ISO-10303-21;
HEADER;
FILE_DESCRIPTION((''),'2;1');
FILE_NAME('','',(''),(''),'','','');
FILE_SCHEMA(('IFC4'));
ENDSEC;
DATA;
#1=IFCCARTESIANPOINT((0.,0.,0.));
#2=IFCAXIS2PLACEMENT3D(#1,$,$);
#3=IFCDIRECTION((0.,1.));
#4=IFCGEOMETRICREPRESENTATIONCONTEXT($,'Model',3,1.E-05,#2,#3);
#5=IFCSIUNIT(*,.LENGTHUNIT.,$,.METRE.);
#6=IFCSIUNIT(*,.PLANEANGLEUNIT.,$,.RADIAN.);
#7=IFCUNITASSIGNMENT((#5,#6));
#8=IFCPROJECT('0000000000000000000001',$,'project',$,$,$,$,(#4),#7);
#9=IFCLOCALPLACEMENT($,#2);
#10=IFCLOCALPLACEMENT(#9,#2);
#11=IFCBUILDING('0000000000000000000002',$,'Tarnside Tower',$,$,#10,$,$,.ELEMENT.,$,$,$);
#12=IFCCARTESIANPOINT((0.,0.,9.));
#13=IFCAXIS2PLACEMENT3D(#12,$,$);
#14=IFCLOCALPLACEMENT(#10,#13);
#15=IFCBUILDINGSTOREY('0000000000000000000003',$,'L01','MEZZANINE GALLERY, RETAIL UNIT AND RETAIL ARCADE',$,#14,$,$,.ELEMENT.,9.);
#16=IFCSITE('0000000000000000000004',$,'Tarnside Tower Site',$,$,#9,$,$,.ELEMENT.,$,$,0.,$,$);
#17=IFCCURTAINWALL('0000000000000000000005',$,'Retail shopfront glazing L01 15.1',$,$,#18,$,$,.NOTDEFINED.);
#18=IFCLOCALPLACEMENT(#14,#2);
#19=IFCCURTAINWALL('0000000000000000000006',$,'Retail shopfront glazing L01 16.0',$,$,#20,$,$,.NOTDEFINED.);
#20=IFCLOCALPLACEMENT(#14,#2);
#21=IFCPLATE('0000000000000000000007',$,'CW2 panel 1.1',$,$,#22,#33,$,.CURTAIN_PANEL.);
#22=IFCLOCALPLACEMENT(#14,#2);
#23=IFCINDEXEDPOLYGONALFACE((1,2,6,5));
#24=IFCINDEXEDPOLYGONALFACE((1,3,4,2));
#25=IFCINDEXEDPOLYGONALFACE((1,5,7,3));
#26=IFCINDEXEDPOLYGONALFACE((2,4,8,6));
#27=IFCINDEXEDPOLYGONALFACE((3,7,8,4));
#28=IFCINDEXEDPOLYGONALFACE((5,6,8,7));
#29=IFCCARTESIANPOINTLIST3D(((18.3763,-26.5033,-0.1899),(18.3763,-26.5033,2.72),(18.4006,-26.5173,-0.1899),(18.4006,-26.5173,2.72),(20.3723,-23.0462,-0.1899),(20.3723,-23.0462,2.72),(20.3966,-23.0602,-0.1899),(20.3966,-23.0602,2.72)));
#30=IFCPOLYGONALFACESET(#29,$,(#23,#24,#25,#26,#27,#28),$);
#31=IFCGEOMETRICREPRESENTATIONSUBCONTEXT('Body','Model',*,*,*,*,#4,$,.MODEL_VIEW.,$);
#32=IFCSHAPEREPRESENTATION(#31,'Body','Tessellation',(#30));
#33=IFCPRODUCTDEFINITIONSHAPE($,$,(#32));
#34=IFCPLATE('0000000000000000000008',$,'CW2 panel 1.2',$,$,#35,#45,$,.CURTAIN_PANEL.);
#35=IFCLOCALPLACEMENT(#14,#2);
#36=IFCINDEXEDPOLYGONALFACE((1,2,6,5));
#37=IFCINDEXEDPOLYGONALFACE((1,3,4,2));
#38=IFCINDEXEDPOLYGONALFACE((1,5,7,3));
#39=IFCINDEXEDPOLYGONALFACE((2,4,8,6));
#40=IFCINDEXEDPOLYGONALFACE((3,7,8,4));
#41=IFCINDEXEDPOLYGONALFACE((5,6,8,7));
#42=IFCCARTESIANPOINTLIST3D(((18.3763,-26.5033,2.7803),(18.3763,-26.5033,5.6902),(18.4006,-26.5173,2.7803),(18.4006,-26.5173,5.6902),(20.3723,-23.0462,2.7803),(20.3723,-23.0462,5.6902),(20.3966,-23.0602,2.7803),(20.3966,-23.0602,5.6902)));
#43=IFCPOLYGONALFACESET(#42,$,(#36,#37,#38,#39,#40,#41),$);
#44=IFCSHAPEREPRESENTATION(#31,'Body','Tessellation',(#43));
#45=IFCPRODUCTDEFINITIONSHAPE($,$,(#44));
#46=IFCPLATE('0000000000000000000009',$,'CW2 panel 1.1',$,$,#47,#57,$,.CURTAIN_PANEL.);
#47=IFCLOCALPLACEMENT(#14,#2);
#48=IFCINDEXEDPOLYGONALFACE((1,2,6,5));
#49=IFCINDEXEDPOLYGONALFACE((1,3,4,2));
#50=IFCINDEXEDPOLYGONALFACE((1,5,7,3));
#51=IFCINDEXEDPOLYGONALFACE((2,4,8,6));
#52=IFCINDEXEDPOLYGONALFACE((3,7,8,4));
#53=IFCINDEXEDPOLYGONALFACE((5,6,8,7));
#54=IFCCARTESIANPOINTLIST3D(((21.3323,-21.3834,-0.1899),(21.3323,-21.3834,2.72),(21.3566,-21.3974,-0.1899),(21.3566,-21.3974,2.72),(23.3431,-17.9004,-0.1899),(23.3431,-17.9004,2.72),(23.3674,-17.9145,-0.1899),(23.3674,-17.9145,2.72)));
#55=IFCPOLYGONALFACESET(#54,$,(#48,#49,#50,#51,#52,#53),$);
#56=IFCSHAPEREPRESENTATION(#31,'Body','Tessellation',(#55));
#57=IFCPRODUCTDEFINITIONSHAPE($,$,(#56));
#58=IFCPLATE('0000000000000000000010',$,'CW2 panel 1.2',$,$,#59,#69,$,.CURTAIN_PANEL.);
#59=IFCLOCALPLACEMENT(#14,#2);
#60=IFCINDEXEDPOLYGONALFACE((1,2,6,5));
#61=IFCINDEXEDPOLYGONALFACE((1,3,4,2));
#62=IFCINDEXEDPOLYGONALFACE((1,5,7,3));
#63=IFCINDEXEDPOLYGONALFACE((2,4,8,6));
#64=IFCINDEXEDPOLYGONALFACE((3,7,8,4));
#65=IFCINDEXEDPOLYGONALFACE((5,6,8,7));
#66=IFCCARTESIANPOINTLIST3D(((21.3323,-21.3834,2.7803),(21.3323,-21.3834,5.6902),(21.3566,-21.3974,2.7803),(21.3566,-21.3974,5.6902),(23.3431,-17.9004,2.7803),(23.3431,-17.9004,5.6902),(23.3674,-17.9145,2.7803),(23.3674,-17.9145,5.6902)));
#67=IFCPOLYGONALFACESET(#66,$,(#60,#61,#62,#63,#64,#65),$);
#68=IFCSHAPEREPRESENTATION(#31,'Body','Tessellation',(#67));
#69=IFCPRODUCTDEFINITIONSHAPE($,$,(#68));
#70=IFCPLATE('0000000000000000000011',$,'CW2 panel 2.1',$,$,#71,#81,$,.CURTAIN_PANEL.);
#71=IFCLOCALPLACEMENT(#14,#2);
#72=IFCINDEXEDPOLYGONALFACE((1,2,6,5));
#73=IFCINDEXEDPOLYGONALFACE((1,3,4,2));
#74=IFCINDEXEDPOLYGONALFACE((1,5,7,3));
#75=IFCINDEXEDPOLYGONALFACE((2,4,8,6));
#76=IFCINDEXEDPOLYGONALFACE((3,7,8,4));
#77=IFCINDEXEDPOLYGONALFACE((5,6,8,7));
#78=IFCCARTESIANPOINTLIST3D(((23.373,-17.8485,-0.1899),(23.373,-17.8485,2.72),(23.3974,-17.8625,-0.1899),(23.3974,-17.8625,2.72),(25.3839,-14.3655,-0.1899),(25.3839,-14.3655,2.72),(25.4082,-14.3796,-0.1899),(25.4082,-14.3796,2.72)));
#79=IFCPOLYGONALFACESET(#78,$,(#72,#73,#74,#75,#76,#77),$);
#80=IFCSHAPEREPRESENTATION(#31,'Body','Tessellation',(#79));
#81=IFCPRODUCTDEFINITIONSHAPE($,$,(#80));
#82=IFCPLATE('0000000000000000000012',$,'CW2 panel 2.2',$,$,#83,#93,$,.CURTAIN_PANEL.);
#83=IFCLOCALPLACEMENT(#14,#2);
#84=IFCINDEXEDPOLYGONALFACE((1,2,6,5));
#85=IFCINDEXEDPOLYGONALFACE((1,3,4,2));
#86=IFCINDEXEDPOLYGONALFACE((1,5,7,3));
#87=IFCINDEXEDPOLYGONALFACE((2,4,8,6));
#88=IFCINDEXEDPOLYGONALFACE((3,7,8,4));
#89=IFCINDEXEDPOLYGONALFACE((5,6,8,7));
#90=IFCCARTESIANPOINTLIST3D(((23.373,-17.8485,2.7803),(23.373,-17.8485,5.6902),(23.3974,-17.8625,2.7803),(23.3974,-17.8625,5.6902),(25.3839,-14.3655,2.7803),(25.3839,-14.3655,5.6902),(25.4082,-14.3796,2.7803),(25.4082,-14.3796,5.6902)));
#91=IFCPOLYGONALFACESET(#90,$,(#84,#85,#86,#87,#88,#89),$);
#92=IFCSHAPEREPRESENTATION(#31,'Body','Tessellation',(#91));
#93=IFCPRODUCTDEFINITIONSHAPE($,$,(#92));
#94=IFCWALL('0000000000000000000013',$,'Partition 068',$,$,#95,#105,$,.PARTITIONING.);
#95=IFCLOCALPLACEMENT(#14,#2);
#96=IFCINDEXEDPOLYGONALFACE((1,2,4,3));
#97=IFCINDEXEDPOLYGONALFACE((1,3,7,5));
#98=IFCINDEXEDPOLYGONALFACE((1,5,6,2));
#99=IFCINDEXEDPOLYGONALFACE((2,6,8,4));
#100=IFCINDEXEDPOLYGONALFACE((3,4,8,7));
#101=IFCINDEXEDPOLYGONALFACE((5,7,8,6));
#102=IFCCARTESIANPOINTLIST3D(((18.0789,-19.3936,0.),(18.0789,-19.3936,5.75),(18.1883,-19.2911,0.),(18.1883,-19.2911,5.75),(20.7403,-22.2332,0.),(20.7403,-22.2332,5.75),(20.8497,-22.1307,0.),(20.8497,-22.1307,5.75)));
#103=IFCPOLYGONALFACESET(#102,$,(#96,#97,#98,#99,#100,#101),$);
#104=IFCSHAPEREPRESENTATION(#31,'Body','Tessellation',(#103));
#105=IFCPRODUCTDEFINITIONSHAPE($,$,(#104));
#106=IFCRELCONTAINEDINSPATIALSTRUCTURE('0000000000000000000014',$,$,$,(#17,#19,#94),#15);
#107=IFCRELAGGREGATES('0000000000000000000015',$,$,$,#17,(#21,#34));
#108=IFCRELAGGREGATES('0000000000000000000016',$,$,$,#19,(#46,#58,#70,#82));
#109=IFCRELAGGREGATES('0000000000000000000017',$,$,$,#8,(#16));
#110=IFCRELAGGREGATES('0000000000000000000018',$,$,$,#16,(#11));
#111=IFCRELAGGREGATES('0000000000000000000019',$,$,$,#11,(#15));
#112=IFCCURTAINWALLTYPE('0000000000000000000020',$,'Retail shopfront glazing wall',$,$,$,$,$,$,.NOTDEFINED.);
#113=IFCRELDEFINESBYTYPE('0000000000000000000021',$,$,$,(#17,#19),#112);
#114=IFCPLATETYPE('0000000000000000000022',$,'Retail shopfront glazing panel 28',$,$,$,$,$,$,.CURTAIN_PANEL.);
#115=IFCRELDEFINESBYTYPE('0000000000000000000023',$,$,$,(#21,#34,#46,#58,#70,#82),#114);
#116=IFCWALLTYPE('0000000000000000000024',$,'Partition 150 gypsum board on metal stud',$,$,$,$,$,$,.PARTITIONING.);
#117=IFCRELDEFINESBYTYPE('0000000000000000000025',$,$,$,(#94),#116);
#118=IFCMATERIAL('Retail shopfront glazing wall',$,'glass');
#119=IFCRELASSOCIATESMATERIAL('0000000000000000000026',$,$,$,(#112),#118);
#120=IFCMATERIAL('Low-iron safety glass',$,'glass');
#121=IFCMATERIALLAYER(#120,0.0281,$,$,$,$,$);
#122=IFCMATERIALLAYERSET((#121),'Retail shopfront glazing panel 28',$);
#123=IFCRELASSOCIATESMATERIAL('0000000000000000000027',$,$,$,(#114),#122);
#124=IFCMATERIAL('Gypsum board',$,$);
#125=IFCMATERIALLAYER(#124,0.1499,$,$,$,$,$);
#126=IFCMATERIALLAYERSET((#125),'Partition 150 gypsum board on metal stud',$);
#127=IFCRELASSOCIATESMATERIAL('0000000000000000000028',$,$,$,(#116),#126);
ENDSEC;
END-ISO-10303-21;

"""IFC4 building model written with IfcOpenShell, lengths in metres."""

from ifc_helpers import new_model, si_unit, direction, frame, frame_2d, origin, origin_2d, place, context, subcontext, project, spatial, rectangle, extrude, material, layer, layer_set, type_object, element, aggregate, save


model = new_model("IFC4")

# Units and contexts
model_context = context("Model", 3, precision=1e-05, world=origin(), true_north=direction((0.0, 1.0)))
body_context = subcontext(model_context, "Body", "Model", "MODEL_VIEW")
ifc_project = project(units=[si_unit("LENGTHUNIT", "METRE"), si_unit("PLANEANGLEUNIT", "RADIAN")], contexts=[model_context])

# Site, building, storey
site_placement = place(None, origin())
site = spatial("IfcSite", under=ifc_project, at=site_placement, Name="Tarnside Tower Site", CompositionType="ELEMENT", RefElevation=0.0)
building_placement = place(site_placement, origin())
building = spatial("IfcBuilding", under=site, at=building_placement, Name="Tarnside Tower", CompositionType="ELEMENT")
storey_placement = place(building_placement, frame((0.0, 0.0, 9.0)))
storey = spatial("IfcBuildingStorey", under=building, at=storey_placement, Name="L01", Description="MEZZANINE GALLERY, RETAIL UNIT AND RETAIL ARCADE", CompositionType="ELEMENT", Elevation=9.0)

# Curtain wall
ifc_material_1 = material(Name="Retail shopfront glazing wall", Category="glass")
curtain_wall_type = type_object("IfcCurtainWallType", Name="Retail shopfront glazing wall", PredefinedType="NOTDEFINED", material=ifc_material_1)
curtain_wall_1_placement = place(storey_placement, origin())
curtain_wall_1 = element("IfcCurtainWall", 1, at=curtain_wall_1_placement, inside=storey, type_object=curtain_wall_type, Name="Retail shopfront glazing L01 15.1", PredefinedType="NOTDEFINED")

# Curtain wall
curtain_wall_2_placement = place(storey_placement, origin())
curtain_wall_2 = element("IfcCurtainWall", 2, at=curtain_wall_2_placement, inside=storey, type_object=curtain_wall_type, Name="Retail shopfront glazing L01 16.0", PredefinedType="NOTDEFINED")

# Plates
ifc_material_2 = material(Name="Low-iron safety glass", Category="glass")
ifc_layer_1 = layer(ifc_material_2, 0.0281)
ifc_layer_set_1 = layer_set([ifc_layer_1], Name="Retail shopfront glazing panel 28")
plate_type = type_object("IfcPlateType", Name="Retail shopfront glazing panel 28", PredefinedType="CURTAIN_PANEL", material=ifc_layer_set_1)
plate_1_placement = place(storey_placement, frame((19.3865, -24.7817, -0.1899), z_axis=(0.0, 0.0, 1.0), x_axis=(0.5, 0.866025, 0.0)))
plate_1 = element("IfcPlate", 3, at=plate_1_placement, type_object=plate_type, Name="CW2 panel 1.1", PredefinedType="CURTAIN_PANEL", context=body_context, shape_type="SweptSolid", body=[
    extrude(rectangle(XDim=3.9919, YDim=0.0281, at=origin_2d()), origin(), (0.0, 0.0, 1.0), 2.9099),
])
plate_2_placement = place(storey_placement, frame((19.3865, -24.7817, 2.7803), z_axis=(0.0, 0.0, 1.0), x_axis=(0.5, 0.866025, 0.0)))
plate_2 = element("IfcPlate", 4, at=plate_2_placement, type_object=plate_type, Name="CW2 panel 1.2", PredefinedType="CURTAIN_PANEL", context=body_context, shape_type="SweptSolid", body=[
    extrude(rectangle(XDim=3.9919, YDim=0.0281, at=origin_2d()), origin(), (0.0, 0.0, 1.0), 2.9099),
])
aggregate(curtain_wall_1, [plate_1, plate_2])
plate_3_placement = place(storey_placement, frame((22.3499, -19.6489, -0.1899), z_axis=(0.0, 0.0, 1.0), x_axis=(0.5, 0.866025, 0.0)))
plate_3 = element("IfcPlate", 5, at=plate_3_placement, type_object=plate_type, Name="CW2 panel 1.1", PredefinedType="CURTAIN_PANEL", context=body_context, shape_type="SweptSolid", body=[
    extrude(rectangle(XDim=4.0217, YDim=0.0281, at=origin_2d()), origin(), (0.0, 0.0, 1.0), 2.9099),
])
plate_4_placement = place(storey_placement, frame((22.3499, -19.6489, 2.7803), z_axis=(0.0, 0.0, 1.0), x_axis=(0.5, 0.866025, 0.0)))
plate_4 = element("IfcPlate", 6, at=plate_4_placement, type_object=plate_type, Name="CW2 panel 1.2", PredefinedType="CURTAIN_PANEL", context=body_context, shape_type="SweptSolid", body=[
    extrude(rectangle(XDim=4.0217, YDim=0.0281, at=origin_2d()), origin(), (0.0, 0.0, 1.0), 2.9099),
])
plate_5_placement = place(storey_placement, frame((24.3906, -16.114, -0.1899), z_axis=(0.0, 0.0, 1.0), x_axis=(0.5, 0.866025, 0.0)))
plate_5 = element("IfcPlate", 7, at=plate_5_placement, type_object=plate_type, Name="CW2 panel 2.1", PredefinedType="CURTAIN_PANEL", context=body_context, shape_type="SweptSolid", body=[
    extrude(rectangle(XDim=4.0217, YDim=0.0281, at=origin_2d()), origin(), (0.0, 0.0, 1.0), 2.9099),
])
plate_6_placement = place(storey_placement, frame((24.3906, -16.114, 2.7803), z_axis=(0.0, 0.0, 1.0), x_axis=(0.5, 0.866025, 0.0)))
plate_6 = element("IfcPlate", 8, at=plate_6_placement, type_object=plate_type, Name="CW2 panel 2.2", PredefinedType="CURTAIN_PANEL", context=body_context, shape_type="SweptSolid", body=[
    extrude(rectangle(XDim=4.0217, YDim=0.0281, at=origin_2d()), origin(), (0.0, 0.0, 1.0), 2.9099),
])
aggregate(curtain_wall_2, [plate_3, plate_4, plate_5, plate_6])

# Wall
ifc_material_3 = material(Name="Gypsum board")
ifc_layer_2 = layer(ifc_material_3, 0.1499)
ifc_layer_set_2 = layer_set([ifc_layer_2], Name="Partition 150 gypsum board on metal stud")
wall_type = type_object("IfcWallType", Name="Partition 150 gypsum board on metal stud", PredefinedType="PARTITIONING", material=ifc_layer_set_2)
wall_placement = place(storey_placement, frame((20.7949, -22.1819, 0.0), z_axis=(0.0, 0.0, 1.0), x_axis=(-0.683839, 0.729633, 0.0)))
element("IfcWall", 9, at=wall_placement, inside=storey, type_object=wall_type, Name="Partition 068", PredefinedType="PARTITIONING", context=body_context, shape_type="SweptSolid", body=[
    extrude(rectangle(XDim=3.8918, YDim=0.1499, at=frame_2d((1.9458, 0.0))), origin(), (0.0, 0.0, 1.0), 5.75),
])

save(model, "model.ifc")
